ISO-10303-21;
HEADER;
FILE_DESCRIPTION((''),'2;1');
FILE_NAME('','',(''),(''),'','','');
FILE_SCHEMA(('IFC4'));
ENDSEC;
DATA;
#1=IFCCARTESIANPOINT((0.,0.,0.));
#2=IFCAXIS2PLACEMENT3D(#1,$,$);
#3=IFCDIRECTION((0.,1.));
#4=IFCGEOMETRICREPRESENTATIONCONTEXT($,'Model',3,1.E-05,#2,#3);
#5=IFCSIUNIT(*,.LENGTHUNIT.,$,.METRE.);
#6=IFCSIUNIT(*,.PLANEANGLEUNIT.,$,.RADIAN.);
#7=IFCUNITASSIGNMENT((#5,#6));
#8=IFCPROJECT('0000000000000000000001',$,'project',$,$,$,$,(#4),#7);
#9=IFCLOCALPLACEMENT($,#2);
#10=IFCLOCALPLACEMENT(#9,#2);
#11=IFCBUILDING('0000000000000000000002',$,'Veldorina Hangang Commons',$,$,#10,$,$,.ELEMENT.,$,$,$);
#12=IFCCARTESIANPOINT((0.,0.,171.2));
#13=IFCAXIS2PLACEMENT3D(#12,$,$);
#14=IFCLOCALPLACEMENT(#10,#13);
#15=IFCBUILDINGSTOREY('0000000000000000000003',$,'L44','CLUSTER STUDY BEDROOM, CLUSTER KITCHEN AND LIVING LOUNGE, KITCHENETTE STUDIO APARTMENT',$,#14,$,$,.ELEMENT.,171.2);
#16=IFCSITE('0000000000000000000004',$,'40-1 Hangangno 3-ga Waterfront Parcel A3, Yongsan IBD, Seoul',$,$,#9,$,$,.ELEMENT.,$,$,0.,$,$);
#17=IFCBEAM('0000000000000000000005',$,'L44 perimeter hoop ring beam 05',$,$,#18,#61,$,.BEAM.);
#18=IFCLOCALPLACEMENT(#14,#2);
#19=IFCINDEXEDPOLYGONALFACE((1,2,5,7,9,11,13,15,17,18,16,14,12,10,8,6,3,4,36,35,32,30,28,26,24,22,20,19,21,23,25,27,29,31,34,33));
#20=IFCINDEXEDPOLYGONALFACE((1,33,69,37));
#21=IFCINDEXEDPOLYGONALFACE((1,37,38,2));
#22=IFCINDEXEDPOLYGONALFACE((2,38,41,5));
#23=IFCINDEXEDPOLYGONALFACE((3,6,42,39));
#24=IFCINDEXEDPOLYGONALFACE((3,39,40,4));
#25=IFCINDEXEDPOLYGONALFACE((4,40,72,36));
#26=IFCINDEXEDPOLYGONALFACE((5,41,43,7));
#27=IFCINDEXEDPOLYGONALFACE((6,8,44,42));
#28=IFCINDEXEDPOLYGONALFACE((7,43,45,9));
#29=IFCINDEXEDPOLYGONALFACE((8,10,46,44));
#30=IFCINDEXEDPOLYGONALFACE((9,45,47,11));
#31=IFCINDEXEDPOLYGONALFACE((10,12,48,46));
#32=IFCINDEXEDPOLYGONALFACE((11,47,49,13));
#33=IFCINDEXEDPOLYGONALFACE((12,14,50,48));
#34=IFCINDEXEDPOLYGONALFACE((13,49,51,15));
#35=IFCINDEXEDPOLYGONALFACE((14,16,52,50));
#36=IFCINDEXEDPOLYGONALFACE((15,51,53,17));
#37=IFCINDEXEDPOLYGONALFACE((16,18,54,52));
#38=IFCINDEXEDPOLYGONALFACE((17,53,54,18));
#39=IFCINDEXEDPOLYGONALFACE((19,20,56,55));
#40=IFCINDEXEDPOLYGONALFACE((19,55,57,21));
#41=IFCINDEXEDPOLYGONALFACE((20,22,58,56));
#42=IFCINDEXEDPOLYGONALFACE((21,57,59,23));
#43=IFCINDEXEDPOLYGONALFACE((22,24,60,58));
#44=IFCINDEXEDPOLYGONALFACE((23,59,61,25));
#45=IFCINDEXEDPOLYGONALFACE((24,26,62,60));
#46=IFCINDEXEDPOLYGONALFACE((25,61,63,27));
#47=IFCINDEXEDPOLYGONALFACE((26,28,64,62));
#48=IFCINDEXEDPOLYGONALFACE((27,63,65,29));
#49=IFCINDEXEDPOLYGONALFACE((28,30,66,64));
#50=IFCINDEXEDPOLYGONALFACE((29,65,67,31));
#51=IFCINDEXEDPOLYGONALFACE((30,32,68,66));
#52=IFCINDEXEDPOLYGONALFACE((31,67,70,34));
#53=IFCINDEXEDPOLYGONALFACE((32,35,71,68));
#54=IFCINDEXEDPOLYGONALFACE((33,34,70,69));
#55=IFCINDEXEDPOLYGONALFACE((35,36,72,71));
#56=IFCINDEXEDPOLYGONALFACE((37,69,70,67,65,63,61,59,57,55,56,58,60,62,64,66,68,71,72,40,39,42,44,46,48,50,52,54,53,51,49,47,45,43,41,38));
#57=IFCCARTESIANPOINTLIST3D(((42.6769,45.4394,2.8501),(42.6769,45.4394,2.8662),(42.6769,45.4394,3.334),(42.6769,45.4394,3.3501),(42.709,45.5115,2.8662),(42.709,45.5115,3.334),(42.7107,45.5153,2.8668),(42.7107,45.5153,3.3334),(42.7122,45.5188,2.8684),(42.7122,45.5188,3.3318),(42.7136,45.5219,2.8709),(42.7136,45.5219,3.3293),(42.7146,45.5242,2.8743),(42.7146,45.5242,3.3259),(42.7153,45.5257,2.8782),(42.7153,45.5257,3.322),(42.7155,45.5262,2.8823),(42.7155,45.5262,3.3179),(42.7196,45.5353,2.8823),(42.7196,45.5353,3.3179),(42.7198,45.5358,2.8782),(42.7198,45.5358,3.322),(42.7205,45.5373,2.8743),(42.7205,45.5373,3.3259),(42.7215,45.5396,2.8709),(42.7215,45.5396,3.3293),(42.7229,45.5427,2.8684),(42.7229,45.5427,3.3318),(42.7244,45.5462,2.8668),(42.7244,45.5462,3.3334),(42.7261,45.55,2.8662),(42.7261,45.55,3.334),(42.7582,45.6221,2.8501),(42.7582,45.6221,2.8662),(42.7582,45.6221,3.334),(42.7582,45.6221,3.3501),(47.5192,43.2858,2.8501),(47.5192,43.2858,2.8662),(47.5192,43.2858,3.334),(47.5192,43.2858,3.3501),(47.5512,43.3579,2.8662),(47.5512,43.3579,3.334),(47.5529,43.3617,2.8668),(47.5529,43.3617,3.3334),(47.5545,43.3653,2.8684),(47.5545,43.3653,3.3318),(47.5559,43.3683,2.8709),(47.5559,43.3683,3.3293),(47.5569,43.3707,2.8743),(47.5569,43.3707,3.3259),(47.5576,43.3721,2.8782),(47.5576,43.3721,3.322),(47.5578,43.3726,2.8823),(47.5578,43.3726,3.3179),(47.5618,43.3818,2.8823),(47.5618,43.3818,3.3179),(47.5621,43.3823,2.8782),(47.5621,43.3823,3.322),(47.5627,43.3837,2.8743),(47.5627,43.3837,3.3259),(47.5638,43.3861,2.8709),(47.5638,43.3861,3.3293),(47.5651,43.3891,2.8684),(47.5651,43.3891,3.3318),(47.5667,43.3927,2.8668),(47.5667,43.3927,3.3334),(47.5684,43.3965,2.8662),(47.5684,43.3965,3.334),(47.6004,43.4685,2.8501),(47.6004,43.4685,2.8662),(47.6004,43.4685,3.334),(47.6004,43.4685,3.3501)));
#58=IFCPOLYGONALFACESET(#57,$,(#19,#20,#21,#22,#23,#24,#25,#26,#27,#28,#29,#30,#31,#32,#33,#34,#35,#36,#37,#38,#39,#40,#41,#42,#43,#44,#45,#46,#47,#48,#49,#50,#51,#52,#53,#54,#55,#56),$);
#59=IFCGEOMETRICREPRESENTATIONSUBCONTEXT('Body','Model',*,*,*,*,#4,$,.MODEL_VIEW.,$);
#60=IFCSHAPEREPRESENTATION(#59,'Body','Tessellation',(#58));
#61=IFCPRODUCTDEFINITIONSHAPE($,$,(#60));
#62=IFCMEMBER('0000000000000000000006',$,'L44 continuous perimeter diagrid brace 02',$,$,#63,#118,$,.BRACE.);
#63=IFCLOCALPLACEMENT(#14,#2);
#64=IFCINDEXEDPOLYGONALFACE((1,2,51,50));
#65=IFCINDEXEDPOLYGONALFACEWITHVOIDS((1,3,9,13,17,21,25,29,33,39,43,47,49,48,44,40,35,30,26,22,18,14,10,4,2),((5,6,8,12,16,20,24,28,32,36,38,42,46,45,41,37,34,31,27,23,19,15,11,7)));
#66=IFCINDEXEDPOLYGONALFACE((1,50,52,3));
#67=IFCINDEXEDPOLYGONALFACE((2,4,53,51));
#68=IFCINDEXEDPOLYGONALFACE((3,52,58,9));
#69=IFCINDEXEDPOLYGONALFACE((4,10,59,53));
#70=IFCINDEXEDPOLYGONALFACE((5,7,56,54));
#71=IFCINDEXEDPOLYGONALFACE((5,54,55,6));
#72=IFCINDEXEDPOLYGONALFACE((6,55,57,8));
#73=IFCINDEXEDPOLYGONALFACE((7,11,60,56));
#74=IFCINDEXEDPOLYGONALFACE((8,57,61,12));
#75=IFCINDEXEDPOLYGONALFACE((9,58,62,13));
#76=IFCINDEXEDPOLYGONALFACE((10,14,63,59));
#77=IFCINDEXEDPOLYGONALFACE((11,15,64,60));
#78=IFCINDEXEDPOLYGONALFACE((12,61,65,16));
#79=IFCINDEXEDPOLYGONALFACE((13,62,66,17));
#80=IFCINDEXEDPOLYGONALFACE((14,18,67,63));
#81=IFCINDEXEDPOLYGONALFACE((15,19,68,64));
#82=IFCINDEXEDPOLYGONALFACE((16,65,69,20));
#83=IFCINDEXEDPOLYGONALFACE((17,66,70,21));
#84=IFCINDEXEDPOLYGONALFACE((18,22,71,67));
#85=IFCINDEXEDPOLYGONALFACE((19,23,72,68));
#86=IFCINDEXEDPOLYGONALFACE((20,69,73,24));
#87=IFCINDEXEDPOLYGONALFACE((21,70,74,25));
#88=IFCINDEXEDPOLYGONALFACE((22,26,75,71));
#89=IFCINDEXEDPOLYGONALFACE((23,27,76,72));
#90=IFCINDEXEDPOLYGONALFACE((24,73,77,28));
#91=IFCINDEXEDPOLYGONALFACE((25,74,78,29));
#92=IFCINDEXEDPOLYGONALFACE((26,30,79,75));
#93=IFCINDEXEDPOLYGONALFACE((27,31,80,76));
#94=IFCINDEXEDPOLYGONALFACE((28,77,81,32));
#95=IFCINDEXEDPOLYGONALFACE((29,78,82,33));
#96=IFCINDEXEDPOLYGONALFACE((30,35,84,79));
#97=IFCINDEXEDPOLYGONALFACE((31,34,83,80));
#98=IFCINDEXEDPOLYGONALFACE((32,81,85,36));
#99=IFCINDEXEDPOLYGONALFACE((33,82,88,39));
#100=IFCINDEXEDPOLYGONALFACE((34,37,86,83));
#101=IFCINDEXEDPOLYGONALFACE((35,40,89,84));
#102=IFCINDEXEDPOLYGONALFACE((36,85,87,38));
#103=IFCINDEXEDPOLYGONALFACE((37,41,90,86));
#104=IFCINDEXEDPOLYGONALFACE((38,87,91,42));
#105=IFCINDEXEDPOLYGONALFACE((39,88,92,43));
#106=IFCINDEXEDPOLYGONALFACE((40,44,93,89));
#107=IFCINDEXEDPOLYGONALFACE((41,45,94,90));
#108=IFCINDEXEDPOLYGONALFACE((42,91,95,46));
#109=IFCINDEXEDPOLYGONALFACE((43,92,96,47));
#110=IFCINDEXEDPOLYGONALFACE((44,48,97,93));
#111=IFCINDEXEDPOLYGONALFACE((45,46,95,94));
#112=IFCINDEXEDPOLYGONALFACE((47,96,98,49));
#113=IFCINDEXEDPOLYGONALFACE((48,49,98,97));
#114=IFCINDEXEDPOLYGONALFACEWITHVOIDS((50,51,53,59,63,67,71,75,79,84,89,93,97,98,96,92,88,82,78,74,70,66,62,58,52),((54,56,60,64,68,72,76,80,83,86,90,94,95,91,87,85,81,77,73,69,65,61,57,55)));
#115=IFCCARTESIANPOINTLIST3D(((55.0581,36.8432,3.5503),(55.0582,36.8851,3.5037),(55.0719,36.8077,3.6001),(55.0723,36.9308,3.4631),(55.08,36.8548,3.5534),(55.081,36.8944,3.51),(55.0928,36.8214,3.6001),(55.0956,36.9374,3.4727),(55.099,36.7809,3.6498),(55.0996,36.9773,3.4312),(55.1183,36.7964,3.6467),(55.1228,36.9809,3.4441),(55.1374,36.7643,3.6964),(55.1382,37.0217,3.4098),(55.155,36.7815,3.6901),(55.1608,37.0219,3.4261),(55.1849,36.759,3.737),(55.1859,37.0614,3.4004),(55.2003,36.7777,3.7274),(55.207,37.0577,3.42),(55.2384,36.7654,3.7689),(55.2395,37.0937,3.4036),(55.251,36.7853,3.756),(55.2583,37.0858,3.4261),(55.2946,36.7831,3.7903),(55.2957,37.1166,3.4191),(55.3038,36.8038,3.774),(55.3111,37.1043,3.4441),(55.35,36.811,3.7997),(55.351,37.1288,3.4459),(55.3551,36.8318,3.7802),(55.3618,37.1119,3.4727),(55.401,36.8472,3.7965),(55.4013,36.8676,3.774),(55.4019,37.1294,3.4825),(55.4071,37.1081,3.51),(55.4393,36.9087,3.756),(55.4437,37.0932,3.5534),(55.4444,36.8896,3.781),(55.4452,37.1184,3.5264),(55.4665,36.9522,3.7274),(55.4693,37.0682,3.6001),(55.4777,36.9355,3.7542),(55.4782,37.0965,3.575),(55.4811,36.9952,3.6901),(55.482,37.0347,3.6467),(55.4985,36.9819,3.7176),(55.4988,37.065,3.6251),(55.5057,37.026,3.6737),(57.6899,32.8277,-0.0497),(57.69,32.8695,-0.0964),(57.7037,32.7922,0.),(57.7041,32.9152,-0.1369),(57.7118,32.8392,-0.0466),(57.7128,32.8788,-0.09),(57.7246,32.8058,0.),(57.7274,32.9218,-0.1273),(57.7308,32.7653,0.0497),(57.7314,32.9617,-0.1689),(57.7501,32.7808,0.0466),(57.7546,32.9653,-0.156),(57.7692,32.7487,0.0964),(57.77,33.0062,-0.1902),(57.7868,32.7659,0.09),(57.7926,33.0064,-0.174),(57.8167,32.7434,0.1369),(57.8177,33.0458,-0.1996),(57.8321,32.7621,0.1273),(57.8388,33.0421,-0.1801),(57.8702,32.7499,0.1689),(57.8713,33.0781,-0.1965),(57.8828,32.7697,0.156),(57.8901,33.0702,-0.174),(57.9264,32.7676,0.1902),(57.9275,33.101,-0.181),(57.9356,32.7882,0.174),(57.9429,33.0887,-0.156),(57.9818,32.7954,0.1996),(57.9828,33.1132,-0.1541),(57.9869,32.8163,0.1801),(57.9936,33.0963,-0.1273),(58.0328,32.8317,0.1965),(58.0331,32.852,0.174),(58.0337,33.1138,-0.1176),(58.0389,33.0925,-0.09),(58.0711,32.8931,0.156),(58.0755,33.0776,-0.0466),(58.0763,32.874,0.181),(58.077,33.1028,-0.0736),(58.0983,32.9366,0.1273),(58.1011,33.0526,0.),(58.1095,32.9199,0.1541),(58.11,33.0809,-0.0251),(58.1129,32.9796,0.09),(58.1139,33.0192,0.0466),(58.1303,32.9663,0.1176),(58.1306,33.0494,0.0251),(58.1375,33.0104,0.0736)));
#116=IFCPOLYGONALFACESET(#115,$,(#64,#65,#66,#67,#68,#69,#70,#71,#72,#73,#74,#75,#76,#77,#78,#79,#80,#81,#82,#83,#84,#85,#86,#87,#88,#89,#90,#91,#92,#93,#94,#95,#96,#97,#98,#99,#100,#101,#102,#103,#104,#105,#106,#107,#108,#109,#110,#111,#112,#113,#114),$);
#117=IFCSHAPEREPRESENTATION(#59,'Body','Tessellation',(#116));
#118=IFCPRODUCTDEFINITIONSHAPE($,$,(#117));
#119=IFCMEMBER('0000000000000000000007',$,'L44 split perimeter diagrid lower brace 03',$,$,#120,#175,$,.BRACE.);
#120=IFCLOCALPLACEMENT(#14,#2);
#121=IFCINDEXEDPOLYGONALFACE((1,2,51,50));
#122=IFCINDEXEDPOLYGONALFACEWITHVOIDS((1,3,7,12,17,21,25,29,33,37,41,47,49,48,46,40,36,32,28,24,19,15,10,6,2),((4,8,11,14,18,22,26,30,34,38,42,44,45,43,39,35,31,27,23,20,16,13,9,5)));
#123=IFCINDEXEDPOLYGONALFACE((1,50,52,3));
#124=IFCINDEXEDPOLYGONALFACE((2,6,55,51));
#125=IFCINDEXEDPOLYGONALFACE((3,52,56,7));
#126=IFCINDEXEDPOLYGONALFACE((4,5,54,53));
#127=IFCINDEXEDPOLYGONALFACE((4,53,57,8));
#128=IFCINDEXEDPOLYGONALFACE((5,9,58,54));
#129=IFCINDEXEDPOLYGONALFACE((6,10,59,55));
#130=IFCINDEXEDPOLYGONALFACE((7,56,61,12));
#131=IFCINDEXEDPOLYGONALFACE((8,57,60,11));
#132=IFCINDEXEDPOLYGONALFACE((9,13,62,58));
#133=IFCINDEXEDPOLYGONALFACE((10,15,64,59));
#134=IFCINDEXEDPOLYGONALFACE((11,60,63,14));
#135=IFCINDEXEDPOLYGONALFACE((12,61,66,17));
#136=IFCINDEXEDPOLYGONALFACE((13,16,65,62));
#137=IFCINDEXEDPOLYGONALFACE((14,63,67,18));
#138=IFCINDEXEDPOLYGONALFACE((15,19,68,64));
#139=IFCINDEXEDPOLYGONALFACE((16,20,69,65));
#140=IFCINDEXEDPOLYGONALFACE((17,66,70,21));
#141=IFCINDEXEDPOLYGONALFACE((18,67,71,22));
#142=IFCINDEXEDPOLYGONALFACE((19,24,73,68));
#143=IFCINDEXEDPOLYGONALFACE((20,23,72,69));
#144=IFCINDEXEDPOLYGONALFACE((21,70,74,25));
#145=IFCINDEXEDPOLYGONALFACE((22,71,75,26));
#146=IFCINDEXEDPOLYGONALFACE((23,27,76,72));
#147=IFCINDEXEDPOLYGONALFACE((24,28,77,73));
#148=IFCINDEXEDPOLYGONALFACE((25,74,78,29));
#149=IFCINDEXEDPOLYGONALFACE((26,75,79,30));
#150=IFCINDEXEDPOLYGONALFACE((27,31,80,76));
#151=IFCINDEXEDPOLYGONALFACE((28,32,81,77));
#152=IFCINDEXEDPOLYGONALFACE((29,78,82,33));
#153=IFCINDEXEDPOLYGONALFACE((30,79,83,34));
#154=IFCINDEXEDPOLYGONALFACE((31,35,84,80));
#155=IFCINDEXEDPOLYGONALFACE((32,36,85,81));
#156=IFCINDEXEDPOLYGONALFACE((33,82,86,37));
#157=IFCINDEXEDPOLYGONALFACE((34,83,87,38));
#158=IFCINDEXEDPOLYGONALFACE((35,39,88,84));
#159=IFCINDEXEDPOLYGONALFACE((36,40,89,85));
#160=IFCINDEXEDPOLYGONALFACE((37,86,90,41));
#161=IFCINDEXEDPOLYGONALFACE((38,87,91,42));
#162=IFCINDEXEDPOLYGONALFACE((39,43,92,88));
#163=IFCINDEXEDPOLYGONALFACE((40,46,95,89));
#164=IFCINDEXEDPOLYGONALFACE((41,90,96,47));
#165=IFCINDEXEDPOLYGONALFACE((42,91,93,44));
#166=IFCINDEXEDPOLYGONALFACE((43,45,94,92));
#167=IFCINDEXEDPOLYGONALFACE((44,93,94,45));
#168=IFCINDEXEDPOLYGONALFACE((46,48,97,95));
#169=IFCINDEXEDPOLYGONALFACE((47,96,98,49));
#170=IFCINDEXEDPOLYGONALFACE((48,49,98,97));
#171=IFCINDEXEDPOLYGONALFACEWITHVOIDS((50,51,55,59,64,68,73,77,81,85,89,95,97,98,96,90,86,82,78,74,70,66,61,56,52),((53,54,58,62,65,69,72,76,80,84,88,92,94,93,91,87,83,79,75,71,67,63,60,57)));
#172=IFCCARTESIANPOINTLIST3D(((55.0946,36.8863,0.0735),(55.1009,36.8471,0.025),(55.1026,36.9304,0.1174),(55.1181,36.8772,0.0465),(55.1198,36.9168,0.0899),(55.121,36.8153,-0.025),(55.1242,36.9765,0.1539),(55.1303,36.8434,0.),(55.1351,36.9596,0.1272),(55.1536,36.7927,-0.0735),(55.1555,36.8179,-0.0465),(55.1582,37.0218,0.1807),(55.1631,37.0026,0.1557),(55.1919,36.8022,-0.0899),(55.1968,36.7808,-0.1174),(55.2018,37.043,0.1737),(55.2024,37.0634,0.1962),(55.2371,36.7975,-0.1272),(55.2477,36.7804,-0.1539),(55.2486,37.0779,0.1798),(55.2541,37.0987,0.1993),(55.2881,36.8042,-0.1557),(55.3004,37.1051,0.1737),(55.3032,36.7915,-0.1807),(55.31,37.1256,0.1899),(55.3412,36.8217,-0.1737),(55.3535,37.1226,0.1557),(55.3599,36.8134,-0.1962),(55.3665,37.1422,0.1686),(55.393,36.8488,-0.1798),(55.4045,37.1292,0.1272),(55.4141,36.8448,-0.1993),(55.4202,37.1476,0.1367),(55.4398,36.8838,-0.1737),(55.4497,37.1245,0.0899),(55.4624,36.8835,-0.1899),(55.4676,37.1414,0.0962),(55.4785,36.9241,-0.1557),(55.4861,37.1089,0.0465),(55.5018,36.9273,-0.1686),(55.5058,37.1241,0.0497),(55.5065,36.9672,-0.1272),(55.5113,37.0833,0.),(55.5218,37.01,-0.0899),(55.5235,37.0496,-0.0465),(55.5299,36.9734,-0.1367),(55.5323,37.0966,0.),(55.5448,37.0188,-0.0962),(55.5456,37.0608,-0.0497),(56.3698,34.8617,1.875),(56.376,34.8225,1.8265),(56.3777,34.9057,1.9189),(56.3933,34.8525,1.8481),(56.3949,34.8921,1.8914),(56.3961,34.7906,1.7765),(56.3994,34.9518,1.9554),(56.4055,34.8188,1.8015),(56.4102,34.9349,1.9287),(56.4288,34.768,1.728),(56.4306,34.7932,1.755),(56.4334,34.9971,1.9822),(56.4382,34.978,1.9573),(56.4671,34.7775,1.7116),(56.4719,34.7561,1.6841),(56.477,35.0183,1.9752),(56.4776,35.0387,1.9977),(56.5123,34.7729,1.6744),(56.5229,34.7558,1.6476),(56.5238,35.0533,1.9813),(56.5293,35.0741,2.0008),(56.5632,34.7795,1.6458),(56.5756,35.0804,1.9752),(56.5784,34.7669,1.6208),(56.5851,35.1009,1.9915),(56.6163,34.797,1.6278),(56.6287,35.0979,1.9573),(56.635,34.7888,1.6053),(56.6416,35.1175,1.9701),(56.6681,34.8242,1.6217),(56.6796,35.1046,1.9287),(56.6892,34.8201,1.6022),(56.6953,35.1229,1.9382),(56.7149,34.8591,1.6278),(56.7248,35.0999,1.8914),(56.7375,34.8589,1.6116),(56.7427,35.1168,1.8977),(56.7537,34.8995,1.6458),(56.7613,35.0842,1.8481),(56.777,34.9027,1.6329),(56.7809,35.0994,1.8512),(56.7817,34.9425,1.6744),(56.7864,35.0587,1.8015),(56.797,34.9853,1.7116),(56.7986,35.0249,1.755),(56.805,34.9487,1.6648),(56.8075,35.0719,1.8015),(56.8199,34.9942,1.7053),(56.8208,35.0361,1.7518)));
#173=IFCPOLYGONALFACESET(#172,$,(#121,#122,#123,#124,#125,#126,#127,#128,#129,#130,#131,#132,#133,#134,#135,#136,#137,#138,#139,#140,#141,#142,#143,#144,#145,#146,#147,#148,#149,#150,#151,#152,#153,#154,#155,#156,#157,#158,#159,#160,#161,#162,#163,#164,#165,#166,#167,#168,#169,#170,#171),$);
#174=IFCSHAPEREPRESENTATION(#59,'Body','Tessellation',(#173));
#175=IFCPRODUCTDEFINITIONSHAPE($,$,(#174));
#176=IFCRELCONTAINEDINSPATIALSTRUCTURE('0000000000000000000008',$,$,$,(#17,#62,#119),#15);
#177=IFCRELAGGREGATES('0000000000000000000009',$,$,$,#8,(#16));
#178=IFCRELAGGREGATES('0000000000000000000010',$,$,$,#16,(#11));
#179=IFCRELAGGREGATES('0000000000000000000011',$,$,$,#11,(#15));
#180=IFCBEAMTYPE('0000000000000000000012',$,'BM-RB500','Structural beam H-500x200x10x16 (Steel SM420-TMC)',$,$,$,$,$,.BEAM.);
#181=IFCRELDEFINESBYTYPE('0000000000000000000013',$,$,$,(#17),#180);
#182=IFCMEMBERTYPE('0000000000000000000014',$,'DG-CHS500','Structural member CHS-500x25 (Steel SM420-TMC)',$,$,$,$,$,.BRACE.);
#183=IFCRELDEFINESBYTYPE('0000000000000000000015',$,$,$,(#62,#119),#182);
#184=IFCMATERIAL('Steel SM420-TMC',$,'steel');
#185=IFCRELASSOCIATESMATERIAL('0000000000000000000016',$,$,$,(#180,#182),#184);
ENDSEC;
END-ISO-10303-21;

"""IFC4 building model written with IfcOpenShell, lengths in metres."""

from ifc_helpers import new_model, si_unit, direction, frame, origin, origin_2d, place, context, subcontext, project, spatial, hollow_circle, i_section, extrude, material, material_profile, profile_set, type_object, element, save


model = new_model("IFC4")

# Units and contexts
model_context = context("Model", 3, precision=1e-05, world=origin(), true_north=direction((0.0, 1.0)))
body_context = subcontext(model_context, "Body", "Model", "MODEL_VIEW")
ifc_project = project(units=[si_unit("LENGTHUNIT", "METRE"), si_unit("PLANEANGLEUNIT", "RADIAN")], contexts=[model_context])

# Site, building, storey
site_placement = place(None, origin())
site = spatial("IfcSite", under=ifc_project, at=site_placement, Name="40-1 Hangangno 3-ga Waterfront Parcel A3, Yongsan IBD, Seoul", CompositionType="ELEMENT", RefElevation=0.0)
building_placement = place(site_placement, origin())
building = spatial("IfcBuilding", under=site, at=building_placement, Name="Veldorina Hangang Commons", CompositionType="ELEMENT")
storey_placement = place(building_placement, frame((0.0, 0.0, 171.2)))
storey = spatial("IfcBuildingStorey", under=building, at=storey_placement, Name="L44", Description="CLUSTER STUDY BEDROOM, CLUSTER KITCHEN AND LIVING LOUNGE, KITCHENETTE STUDIO APARTMENT", CompositionType="ELEMENT", Elevation=171.2)

# Beam
ifc_material_1 = material(Name="Steel SM420-TMC", Category="steel")
ifc_material_profile_1 = material_profile(ifc_material_1, i_section(OverallWidth=0.2, OverallDepth=0.5, WebThickness=0.01, FlangeThickness=0.0161, FilletRadius=0.0161, at=origin_2d()), Name="H-500x200x10x16")
ifc_profile_set_1 = profile_set([ifc_material_profile_1], Name="Steel SM420-TMC")
beam_type_1 = type_object("IfcBeamType", Name="BM-RB500", Description="Structural beam H-500x200x10x16 (Steel SM420-TMC)", PredefinedType="BEAM", material=ifc_profile_set_1)
beam_1_placement = place(storey_placement, frame((47.5598, 43.3772, 3.1001), z_axis=(-0.913711, 0.406365, 0.0), x_axis=(-0.406365, -0.913711, 0.0)))
element("IfcBeam", 1, at=beam_1_placement, inside=storey, type_object=beam_type_1, Name="L44 perimeter hoop ring beam 05", PredefinedType="BEAM", context=body_context, shape_type="SweptSolid", body=[
    extrude(i_section(OverallWidth=0.2, OverallDepth=0.5, WebThickness=0.01, FlangeThickness=0.0161, FilletRadius=0.0161, at=origin_2d()), origin(), (0.0, 0.0, 1.0), 5.2996),
])

# Members
ifc_material_profile_2 = material_profile(ifc_material_1, hollow_circle(Radius=0.25, WallThickness=0.0249, at=origin_2d()), Name="CHS-500x25")
ifc_profile_set_2 = profile_set([ifc_material_profile_2], Name="Steel SM420-TMC")
member_type = type_object("IfcMemberType", Name="DG-CHS500", Description="Structural member CHS-500x25 (Steel SM420-TMC)", PredefinedType="BRACE", material=ifc_profile_set_2)
member_1_placement = place(storey_placement, frame((57.9128, 32.9292, 0.0), z_axis=(-0.438563, 0.669155, 0.599912), x_axis=(-0.836374, -0.548159, 0.0)))
element("IfcMember", 2, at=member_1_placement, inside=storey, type_object=member_type, Name="L44 continuous perimeter diagrid brace 02", PredefinedType="BRACE", context=body_context, shape_type="SweptSolid", body=[
    extrude(hollow_circle(Radius=0.25, WallThickness=0.0249, at=origin_2d()), origin(), (0.0, 0.0, 1.0), 6.001),
])
member_2_placement = place(storey_placement, frame((55.3208, 36.9634, 0.0), z_axis=(0.425743, -0.675988, 0.601485), x_axis=(0.846165, 0.532922, 0.0)))
element("IfcMember", 3, at=member_2_placement, inside=storey, type_object=member_type, Name="L44 split perimeter diagrid lower brace 03", PredefinedType="BRACE", context=body_context, shape_type="SweptSolid", body=[
    extrude(hollow_circle(Radius=0.25, WallThickness=0.0249, at=origin_2d()), origin(), (0.0, 0.0, 1.0), 2.9951),
])

save(model, "model.ifc")
